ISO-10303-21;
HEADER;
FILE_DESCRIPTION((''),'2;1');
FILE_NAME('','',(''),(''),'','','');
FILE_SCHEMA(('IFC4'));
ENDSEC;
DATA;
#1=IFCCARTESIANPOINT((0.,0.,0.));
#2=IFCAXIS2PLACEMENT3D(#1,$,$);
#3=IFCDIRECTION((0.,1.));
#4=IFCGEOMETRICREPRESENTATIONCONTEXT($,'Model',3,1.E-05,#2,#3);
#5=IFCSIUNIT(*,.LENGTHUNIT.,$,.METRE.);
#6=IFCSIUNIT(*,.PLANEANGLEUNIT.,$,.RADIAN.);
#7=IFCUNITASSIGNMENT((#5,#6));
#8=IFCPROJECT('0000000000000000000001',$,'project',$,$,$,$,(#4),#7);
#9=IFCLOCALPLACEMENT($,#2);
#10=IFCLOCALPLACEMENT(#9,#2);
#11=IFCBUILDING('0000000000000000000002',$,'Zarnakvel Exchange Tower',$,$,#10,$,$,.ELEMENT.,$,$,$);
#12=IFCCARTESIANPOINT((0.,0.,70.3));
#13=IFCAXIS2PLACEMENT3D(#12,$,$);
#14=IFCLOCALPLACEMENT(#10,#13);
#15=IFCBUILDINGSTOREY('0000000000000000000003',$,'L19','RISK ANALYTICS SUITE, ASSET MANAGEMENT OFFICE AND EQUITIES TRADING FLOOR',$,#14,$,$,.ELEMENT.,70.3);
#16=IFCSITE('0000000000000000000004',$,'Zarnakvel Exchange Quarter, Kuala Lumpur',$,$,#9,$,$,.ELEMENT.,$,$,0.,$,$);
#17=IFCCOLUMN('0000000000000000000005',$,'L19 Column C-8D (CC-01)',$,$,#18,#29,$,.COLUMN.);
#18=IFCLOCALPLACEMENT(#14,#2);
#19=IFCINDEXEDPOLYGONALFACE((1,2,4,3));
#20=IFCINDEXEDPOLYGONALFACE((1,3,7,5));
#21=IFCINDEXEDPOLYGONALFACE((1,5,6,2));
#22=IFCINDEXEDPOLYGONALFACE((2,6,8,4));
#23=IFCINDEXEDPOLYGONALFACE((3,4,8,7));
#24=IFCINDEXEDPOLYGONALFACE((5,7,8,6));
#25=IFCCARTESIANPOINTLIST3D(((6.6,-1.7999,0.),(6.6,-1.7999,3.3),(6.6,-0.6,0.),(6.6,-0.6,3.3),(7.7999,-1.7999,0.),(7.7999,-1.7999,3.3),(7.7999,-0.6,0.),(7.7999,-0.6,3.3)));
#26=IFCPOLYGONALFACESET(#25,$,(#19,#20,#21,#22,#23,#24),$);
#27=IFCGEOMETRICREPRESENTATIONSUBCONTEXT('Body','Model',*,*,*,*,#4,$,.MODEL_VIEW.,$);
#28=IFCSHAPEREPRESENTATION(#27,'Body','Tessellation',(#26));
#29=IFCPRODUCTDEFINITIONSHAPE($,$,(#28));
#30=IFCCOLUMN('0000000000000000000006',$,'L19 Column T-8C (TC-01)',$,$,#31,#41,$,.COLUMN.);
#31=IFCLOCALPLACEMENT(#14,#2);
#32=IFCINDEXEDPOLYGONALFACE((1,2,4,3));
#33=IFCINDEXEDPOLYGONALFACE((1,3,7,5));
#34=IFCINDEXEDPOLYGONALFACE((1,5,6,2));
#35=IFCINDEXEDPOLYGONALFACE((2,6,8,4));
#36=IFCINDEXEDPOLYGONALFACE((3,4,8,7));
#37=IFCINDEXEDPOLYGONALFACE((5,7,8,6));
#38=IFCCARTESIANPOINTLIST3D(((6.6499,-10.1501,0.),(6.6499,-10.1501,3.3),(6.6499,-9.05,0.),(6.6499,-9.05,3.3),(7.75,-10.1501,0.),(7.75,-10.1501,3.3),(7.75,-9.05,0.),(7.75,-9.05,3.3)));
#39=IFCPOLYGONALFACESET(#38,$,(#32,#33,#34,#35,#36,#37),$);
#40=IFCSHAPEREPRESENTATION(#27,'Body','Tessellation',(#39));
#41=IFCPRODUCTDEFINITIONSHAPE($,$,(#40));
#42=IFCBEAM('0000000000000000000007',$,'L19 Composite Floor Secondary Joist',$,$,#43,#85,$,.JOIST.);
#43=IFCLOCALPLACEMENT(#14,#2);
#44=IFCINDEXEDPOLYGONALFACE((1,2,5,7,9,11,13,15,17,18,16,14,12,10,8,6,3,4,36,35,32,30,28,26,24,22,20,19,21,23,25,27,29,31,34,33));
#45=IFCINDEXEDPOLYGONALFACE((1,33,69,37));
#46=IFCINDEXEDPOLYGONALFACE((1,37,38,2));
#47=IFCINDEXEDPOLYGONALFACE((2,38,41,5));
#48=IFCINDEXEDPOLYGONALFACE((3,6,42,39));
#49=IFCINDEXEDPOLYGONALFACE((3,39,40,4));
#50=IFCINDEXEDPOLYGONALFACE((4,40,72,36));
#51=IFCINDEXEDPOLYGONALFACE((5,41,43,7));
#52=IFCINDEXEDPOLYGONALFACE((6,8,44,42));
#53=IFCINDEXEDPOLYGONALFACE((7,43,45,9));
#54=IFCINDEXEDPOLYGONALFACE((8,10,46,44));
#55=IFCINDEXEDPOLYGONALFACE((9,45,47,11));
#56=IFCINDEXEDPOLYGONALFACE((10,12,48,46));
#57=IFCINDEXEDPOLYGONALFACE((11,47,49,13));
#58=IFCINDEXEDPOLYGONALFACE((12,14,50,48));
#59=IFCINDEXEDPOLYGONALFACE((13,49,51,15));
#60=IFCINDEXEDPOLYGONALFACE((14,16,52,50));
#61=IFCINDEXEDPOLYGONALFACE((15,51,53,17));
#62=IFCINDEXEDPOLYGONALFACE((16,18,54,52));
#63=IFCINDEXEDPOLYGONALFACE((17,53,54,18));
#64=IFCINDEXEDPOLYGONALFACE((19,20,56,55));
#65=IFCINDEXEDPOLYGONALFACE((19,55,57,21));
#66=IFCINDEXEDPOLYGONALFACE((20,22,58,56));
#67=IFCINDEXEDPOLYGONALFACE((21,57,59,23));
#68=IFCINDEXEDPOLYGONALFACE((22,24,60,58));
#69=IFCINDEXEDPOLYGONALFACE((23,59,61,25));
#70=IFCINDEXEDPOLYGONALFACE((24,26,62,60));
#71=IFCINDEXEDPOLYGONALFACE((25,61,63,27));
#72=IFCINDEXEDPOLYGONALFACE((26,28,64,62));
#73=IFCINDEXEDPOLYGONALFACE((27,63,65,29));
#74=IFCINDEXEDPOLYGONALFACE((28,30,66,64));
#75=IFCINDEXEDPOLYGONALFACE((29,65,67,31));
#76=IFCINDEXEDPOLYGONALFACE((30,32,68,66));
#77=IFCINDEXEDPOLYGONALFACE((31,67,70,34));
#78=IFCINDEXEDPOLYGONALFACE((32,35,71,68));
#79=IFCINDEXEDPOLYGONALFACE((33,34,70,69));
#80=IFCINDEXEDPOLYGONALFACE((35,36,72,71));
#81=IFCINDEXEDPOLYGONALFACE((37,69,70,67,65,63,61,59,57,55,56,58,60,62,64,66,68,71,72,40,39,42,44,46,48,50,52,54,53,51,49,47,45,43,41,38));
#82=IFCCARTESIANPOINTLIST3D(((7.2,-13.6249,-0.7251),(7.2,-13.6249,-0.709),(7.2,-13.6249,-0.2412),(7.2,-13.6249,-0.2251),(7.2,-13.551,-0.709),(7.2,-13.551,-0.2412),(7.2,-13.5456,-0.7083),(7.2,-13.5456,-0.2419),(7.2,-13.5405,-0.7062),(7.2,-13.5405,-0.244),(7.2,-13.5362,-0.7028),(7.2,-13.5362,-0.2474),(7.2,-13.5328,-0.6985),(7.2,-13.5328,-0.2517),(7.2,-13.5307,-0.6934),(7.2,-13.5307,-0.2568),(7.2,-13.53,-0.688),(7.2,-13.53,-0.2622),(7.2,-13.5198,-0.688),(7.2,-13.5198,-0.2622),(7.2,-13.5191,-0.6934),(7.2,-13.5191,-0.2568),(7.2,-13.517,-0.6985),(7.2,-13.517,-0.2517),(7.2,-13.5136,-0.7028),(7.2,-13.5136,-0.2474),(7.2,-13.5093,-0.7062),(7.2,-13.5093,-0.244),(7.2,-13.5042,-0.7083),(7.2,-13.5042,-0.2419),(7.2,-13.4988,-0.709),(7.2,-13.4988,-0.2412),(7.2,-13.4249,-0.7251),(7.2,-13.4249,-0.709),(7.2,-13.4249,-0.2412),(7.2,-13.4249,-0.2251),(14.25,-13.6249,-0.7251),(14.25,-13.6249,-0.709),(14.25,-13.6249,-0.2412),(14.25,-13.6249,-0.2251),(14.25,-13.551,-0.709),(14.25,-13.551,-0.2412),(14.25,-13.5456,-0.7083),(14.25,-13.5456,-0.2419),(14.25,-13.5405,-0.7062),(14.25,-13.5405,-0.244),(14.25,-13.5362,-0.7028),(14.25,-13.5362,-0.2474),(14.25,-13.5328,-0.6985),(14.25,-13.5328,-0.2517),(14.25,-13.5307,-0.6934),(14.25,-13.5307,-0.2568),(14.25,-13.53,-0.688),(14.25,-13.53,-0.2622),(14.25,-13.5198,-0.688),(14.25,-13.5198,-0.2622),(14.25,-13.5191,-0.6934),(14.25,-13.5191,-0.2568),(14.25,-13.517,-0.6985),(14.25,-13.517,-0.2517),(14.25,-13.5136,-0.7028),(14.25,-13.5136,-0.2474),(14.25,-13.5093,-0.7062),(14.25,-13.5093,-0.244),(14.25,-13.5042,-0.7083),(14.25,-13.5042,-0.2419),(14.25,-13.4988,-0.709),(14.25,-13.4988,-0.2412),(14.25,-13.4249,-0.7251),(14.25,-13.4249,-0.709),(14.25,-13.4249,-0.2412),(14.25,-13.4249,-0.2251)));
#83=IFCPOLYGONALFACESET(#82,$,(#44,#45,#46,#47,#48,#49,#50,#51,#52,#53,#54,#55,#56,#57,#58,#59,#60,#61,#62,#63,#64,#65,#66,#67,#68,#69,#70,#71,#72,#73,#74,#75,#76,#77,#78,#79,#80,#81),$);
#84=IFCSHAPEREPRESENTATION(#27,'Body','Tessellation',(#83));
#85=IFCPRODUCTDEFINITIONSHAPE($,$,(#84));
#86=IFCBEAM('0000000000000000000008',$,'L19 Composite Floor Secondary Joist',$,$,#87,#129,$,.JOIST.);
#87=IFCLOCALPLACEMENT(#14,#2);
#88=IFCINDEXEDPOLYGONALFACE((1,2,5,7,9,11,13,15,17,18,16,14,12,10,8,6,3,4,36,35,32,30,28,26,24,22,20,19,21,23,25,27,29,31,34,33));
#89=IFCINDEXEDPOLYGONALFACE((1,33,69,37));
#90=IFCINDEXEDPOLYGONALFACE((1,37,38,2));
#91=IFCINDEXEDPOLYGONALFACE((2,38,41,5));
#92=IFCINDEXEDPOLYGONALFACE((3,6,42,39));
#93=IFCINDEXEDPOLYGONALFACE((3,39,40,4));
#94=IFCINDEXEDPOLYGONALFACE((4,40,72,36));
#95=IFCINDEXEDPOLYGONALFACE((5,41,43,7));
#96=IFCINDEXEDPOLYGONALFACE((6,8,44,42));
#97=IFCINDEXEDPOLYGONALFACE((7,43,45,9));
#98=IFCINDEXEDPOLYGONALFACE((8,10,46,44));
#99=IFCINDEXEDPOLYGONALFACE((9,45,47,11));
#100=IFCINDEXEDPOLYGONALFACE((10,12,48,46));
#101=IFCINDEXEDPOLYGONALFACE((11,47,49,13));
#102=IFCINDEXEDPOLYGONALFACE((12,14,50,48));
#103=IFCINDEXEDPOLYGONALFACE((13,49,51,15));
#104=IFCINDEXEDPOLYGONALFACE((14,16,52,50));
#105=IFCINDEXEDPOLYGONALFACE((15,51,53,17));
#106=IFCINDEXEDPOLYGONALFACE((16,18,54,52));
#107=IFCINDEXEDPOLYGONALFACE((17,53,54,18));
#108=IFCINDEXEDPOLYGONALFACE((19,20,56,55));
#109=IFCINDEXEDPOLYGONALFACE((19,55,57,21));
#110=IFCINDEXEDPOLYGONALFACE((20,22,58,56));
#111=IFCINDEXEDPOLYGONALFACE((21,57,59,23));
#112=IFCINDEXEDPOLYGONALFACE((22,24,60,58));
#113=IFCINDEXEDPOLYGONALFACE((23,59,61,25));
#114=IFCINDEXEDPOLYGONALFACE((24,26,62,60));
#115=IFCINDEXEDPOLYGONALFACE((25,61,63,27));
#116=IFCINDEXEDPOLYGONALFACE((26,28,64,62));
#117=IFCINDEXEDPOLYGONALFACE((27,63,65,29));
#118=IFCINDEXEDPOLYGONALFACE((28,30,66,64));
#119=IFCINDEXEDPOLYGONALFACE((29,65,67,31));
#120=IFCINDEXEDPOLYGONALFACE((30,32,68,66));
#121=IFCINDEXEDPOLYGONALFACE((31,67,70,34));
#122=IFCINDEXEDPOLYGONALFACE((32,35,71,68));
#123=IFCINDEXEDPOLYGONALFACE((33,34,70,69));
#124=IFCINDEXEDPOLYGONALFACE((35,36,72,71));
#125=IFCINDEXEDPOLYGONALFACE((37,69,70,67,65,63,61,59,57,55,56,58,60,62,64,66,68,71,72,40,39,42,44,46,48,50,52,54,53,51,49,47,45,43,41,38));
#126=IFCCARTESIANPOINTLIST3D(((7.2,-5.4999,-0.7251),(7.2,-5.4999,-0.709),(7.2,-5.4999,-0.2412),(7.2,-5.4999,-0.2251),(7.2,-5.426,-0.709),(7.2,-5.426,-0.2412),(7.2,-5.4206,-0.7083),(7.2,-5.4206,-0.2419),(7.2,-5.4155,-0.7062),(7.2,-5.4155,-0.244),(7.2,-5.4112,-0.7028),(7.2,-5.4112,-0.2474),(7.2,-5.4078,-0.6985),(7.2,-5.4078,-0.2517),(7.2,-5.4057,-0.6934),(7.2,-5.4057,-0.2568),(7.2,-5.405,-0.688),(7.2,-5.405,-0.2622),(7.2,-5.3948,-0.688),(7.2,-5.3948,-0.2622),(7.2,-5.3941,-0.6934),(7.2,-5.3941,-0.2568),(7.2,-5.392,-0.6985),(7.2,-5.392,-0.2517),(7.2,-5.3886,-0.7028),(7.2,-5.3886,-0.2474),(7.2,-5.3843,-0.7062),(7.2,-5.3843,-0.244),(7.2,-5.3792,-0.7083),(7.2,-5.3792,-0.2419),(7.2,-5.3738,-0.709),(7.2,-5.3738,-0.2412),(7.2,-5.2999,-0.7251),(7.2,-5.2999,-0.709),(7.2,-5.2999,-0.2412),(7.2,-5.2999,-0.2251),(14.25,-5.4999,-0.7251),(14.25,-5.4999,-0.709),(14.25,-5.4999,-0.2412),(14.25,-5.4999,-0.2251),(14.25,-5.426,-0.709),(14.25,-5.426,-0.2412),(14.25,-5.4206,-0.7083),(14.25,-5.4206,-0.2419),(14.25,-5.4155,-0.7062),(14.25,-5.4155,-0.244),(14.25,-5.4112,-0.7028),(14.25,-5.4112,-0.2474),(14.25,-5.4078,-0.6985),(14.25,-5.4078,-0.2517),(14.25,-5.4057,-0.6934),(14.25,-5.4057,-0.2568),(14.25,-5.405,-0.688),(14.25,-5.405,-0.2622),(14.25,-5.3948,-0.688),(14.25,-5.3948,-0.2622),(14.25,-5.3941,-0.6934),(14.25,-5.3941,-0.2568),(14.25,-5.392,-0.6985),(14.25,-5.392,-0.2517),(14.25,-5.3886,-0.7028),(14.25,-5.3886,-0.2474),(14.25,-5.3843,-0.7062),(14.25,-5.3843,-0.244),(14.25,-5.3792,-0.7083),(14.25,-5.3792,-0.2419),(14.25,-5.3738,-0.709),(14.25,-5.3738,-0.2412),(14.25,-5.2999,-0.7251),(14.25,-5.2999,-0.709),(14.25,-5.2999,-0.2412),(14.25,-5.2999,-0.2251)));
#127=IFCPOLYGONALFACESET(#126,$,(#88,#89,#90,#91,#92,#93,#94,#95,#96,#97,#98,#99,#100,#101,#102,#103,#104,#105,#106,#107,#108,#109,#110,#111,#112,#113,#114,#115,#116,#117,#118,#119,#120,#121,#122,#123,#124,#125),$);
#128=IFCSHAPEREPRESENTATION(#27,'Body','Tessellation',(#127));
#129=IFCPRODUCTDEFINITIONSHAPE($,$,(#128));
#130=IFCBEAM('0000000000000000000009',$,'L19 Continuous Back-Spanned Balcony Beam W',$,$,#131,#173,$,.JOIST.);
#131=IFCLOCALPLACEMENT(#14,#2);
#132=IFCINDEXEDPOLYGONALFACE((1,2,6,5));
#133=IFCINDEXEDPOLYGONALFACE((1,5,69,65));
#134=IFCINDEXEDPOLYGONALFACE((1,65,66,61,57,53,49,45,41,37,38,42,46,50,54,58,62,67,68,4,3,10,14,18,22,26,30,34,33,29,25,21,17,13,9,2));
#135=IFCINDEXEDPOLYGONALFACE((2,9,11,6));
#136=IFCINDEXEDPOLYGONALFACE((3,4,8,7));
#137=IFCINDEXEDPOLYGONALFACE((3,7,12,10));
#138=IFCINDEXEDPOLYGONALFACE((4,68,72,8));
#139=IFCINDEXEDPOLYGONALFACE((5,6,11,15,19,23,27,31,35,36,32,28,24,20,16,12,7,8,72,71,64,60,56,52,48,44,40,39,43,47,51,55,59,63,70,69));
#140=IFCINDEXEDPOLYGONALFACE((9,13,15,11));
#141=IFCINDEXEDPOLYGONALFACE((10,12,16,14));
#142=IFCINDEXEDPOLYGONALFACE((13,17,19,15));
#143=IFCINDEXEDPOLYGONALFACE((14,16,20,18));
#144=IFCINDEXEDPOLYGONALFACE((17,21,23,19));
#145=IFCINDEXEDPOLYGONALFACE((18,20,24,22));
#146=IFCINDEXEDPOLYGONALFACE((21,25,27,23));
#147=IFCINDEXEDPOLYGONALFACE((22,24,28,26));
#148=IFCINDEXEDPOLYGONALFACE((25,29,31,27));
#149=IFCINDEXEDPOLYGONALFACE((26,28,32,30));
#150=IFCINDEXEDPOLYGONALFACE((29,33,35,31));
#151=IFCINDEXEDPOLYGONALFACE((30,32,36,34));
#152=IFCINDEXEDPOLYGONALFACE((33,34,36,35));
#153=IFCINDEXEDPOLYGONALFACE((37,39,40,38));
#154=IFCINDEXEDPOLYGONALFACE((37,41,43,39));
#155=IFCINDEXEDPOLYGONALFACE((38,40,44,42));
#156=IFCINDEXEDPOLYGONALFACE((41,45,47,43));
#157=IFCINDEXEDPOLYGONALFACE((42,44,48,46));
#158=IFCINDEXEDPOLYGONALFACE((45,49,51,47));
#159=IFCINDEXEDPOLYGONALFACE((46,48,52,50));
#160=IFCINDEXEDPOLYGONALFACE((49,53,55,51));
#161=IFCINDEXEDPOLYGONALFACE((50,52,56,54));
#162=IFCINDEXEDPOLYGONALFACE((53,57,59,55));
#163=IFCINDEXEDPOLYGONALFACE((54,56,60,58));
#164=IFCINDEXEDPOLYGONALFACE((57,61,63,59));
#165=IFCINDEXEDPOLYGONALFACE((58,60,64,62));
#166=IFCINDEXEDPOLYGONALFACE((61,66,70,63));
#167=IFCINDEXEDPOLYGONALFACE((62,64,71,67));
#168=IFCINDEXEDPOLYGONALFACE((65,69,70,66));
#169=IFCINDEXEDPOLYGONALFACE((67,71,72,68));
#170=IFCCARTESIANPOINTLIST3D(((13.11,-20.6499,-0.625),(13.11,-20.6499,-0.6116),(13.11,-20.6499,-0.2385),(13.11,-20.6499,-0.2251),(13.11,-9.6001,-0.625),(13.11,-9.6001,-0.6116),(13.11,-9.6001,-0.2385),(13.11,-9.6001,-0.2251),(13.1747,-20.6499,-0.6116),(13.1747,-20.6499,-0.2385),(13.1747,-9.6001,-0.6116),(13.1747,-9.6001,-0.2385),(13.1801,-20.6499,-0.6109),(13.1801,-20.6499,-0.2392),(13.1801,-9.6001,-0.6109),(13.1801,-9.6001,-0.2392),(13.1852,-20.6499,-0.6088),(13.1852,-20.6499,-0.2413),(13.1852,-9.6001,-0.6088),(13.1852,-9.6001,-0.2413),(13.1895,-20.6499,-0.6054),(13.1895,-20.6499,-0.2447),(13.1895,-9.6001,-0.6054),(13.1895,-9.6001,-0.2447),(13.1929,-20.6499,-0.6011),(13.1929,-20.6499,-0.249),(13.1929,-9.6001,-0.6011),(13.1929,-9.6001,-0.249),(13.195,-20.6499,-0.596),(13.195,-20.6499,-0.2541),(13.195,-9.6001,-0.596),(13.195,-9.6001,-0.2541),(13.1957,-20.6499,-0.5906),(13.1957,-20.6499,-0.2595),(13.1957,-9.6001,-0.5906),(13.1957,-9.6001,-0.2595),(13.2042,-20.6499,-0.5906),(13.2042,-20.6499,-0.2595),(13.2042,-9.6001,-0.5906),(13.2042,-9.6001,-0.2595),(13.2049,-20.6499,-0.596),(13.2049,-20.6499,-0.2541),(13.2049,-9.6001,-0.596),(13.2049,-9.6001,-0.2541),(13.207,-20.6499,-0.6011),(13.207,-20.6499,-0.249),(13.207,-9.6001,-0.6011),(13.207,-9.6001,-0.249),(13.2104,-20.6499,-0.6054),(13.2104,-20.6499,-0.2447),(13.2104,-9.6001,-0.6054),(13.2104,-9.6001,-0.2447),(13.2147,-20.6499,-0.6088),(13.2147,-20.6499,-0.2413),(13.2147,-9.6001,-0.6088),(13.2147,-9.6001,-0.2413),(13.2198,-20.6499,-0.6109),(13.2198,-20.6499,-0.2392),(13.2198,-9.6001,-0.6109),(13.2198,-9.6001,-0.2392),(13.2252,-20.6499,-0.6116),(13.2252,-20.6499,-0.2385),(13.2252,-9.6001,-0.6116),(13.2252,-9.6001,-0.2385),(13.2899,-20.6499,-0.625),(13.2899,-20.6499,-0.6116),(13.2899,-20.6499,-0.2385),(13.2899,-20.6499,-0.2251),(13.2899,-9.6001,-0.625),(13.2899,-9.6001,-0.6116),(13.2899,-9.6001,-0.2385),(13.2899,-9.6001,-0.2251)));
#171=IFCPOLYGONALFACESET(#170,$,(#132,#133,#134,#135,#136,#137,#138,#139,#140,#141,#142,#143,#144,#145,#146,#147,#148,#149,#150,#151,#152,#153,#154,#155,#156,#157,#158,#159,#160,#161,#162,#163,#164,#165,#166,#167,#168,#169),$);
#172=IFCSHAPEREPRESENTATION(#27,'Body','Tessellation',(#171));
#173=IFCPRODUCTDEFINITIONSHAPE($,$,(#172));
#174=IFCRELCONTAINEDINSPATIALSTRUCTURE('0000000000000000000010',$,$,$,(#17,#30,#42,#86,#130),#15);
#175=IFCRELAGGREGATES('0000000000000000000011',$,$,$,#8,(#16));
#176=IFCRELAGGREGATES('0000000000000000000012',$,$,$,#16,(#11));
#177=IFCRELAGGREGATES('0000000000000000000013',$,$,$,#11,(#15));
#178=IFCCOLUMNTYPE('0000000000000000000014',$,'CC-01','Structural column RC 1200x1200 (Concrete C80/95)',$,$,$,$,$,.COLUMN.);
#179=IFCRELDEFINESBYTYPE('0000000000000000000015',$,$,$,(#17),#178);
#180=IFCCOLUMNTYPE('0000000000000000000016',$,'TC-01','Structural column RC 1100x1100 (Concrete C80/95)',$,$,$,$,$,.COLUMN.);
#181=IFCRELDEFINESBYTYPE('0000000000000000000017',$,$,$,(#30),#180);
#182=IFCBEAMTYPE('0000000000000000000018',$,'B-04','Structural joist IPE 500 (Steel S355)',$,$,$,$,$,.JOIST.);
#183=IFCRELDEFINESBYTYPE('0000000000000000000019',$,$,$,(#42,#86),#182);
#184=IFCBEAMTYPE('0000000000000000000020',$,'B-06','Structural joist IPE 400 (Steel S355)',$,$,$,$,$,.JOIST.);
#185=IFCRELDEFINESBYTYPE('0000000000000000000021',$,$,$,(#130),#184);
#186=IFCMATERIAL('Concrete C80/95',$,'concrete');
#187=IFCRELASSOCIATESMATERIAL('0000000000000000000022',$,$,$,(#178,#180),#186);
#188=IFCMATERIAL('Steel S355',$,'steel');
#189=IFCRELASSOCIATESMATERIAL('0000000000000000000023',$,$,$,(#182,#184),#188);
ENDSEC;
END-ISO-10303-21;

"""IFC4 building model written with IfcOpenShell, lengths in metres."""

from ifc_helpers import new_model, si_unit, direction, frame, origin, origin_2d, place, context, subcontext, project, spatial, rectangle, i_section, extrude, material, material_profile, profile_set, type_object, element, save


model = new_model("IFC4")

# Units and contexts
model_context = context("Model", 3, precision=1e-05, world=origin(), true_north=direction((0.0, 1.0)))
body_context = subcontext(model_context, "Body", "Model", "MODEL_VIEW")
ifc_project = project(units=[si_unit("LENGTHUNIT", "METRE"), si_unit("PLANEANGLEUNIT", "RADIAN")], contexts=[model_context])

# Site, building, storey
site_placement = place(None, origin())
site = spatial("IfcSite", under=ifc_project, at=site_placement, Name="Zarnakvel Exchange Quarter, Kuala Lumpur", CompositionType="ELEMENT", RefElevation=0.0)
building_placement = place(site_placement, origin())
building = spatial("IfcBuilding", under=site, at=building_placement, Name="Zarnakvel Exchange Tower", CompositionType="ELEMENT")
storey_placement = place(building_placement, frame((0.0, 0.0, 70.3)))
storey = spatial("IfcBuildingStorey", under=building, at=storey_placement, Name="L19", Description="RISK ANALYTICS SUITE, ASSET MANAGEMENT OFFICE AND EQUITIES TRADING FLOOR", CompositionType="ELEMENT", Elevation=70.3)

# Columns
ifc_material_1 = material(Name="Concrete C80/95", Category="concrete")
ifc_material_profile_1 = material_profile(ifc_material_1, rectangle(XDim=1.2, YDim=1.2, at=origin_2d()))
ifc_profile_set_1 = profile_set([ifc_material_profile_1], Name="Concrete C80/95")
column_type_1 = type_object("IfcColumnType", Name="CC-01", Description="Structural column RC 1200x1200 (Concrete C80/95)", PredefinedType="COLUMN", material=ifc_profile_set_1)
column_1_placement = place(storey_placement, frame((7.2, -1.2, 0.0), z_axis=(0.0, 0.0, 1.0), x_axis=(1.0, 0.0, 0.0)))
element("IfcColumn", 1, at=column_1_placement, inside=storey, type_object=column_type_1, Name="L19 Column C-8D (CC-01)", PredefinedType="COLUMN", context=body_context, shape_type="SweptSolid", body=[
    extrude(rectangle(XDim=1.2, YDim=1.2, at=origin_2d()), origin(), (0.0, 0.0, 1.0), 3.3),
])
ifc_material_profile_2 = material_profile(ifc_material_1, rectangle(XDim=1.1001, YDim=1.1001, at=origin_2d()))
ifc_profile_set_2 = profile_set([ifc_material_profile_2], Name="Concrete C80/95")
column_type_2 = type_object("IfcColumnType", Name="TC-01", Description="Structural column RC 1100x1100 (Concrete C80/95)", PredefinedType="COLUMN", material=ifc_profile_set_2)
column_2_placement = place(storey_placement, frame((7.2, -9.6001, 0.0), z_axis=(0.0, 0.0, 1.0), x_axis=(1.0, 0.0, 0.0)))
element("IfcColumn", 2, at=column_2_placement, inside=storey, type_object=column_type_2, Name="L19 Column T-8C (TC-01)", PredefinedType="COLUMN", context=body_context, shape_type="SweptSolid", body=[
    extrude(rectangle(XDim=1.1001, YDim=1.1001, at=origin_2d()), origin(), (0.0, 0.0, 1.0), 3.3),
])

# Beams
ifc_material_2 = material(Name="Steel S355", Category="steel")
ifc_material_profile_3 = material_profile(ifc_material_2, i_section(OverallWidth=0.2, OverallDepth=0.5, WebThickness=0.0103, FlangeThickness=0.0161, FilletRadius=0.021, at=origin_2d()))
ifc_profile_set_3 = profile_set([ifc_material_profile_3], Name="Steel S355")
beam_type_1 = type_object("IfcBeamType", Name="B-04", Description="Structural joist IPE 500 (Steel S355)", PredefinedType="JOIST", material=ifc_profile_set_3)
for number, where, z_axis, x_axis, name in (
    (3, (7.2, -13.5249, -0.4751), (1.0, 0.0, 0.0), (0.0, 1.0, 0.0), "L19 Composite Floor Secondary Joist"),
    (4, (7.2, -5.3999, -0.4751), (1.0, 0.0, 0.0), (0.0, 1.0, 0.0), "L19 Composite Floor Secondary Joist"),
):
    element("IfcBeam", number, at=place(storey_placement, frame(where, z_axis=z_axis, x_axis=x_axis)), inside=storey, type_object=beam_type_1, Name=name, PredefinedType="JOIST", context=body_context, shape_type="SweptSolid", body=[
        extrude(i_section(OverallWidth=0.2, OverallDepth=0.5, WebThickness=0.0103, FlangeThickness=0.0161, FilletRadius=0.021, at=origin_2d()), origin(), (0.0, 0.0, 1.0), 7.05),
    ])
ifc_material_profile_4 = material_profile(ifc_material_2, i_section(OverallWidth=0.1799, OverallDepth=0.3999, WebThickness=0.0085, FlangeThickness=0.0134, FilletRadius=0.021, at=origin_2d()))
ifc_profile_set_4 = profile_set([ifc_material_profile_4], Name="Steel S355")
beam_type_2 = type_object("IfcBeamType", Name="B-06", Description="Structural joist IPE 400 (Steel S355)", PredefinedType="JOIST", material=ifc_profile_set_4)
beam_1_placement = place(storey_placement, frame((13.2, -9.6001, -0.425), z_axis=(0.0, -1.0, 0.0), x_axis=(1.0, 0.0, 0.0)))
element("IfcBeam", 5, at=beam_1_placement, inside=storey, type_object=beam_type_2, Name="L19 Continuous Back-Spanned Balcony Beam W", PredefinedType="JOIST", context=body_context, shape_type="SweptSolid", body=[
    extrude(i_section(OverallWidth=0.1799, OverallDepth=0.3999, WebThickness=0.0085, FlangeThickness=0.0134, FilletRadius=0.021, at=origin_2d()), origin(), (0.0, 0.0, 1.0), 11.0498),
])

save(model, "model.ifc")
